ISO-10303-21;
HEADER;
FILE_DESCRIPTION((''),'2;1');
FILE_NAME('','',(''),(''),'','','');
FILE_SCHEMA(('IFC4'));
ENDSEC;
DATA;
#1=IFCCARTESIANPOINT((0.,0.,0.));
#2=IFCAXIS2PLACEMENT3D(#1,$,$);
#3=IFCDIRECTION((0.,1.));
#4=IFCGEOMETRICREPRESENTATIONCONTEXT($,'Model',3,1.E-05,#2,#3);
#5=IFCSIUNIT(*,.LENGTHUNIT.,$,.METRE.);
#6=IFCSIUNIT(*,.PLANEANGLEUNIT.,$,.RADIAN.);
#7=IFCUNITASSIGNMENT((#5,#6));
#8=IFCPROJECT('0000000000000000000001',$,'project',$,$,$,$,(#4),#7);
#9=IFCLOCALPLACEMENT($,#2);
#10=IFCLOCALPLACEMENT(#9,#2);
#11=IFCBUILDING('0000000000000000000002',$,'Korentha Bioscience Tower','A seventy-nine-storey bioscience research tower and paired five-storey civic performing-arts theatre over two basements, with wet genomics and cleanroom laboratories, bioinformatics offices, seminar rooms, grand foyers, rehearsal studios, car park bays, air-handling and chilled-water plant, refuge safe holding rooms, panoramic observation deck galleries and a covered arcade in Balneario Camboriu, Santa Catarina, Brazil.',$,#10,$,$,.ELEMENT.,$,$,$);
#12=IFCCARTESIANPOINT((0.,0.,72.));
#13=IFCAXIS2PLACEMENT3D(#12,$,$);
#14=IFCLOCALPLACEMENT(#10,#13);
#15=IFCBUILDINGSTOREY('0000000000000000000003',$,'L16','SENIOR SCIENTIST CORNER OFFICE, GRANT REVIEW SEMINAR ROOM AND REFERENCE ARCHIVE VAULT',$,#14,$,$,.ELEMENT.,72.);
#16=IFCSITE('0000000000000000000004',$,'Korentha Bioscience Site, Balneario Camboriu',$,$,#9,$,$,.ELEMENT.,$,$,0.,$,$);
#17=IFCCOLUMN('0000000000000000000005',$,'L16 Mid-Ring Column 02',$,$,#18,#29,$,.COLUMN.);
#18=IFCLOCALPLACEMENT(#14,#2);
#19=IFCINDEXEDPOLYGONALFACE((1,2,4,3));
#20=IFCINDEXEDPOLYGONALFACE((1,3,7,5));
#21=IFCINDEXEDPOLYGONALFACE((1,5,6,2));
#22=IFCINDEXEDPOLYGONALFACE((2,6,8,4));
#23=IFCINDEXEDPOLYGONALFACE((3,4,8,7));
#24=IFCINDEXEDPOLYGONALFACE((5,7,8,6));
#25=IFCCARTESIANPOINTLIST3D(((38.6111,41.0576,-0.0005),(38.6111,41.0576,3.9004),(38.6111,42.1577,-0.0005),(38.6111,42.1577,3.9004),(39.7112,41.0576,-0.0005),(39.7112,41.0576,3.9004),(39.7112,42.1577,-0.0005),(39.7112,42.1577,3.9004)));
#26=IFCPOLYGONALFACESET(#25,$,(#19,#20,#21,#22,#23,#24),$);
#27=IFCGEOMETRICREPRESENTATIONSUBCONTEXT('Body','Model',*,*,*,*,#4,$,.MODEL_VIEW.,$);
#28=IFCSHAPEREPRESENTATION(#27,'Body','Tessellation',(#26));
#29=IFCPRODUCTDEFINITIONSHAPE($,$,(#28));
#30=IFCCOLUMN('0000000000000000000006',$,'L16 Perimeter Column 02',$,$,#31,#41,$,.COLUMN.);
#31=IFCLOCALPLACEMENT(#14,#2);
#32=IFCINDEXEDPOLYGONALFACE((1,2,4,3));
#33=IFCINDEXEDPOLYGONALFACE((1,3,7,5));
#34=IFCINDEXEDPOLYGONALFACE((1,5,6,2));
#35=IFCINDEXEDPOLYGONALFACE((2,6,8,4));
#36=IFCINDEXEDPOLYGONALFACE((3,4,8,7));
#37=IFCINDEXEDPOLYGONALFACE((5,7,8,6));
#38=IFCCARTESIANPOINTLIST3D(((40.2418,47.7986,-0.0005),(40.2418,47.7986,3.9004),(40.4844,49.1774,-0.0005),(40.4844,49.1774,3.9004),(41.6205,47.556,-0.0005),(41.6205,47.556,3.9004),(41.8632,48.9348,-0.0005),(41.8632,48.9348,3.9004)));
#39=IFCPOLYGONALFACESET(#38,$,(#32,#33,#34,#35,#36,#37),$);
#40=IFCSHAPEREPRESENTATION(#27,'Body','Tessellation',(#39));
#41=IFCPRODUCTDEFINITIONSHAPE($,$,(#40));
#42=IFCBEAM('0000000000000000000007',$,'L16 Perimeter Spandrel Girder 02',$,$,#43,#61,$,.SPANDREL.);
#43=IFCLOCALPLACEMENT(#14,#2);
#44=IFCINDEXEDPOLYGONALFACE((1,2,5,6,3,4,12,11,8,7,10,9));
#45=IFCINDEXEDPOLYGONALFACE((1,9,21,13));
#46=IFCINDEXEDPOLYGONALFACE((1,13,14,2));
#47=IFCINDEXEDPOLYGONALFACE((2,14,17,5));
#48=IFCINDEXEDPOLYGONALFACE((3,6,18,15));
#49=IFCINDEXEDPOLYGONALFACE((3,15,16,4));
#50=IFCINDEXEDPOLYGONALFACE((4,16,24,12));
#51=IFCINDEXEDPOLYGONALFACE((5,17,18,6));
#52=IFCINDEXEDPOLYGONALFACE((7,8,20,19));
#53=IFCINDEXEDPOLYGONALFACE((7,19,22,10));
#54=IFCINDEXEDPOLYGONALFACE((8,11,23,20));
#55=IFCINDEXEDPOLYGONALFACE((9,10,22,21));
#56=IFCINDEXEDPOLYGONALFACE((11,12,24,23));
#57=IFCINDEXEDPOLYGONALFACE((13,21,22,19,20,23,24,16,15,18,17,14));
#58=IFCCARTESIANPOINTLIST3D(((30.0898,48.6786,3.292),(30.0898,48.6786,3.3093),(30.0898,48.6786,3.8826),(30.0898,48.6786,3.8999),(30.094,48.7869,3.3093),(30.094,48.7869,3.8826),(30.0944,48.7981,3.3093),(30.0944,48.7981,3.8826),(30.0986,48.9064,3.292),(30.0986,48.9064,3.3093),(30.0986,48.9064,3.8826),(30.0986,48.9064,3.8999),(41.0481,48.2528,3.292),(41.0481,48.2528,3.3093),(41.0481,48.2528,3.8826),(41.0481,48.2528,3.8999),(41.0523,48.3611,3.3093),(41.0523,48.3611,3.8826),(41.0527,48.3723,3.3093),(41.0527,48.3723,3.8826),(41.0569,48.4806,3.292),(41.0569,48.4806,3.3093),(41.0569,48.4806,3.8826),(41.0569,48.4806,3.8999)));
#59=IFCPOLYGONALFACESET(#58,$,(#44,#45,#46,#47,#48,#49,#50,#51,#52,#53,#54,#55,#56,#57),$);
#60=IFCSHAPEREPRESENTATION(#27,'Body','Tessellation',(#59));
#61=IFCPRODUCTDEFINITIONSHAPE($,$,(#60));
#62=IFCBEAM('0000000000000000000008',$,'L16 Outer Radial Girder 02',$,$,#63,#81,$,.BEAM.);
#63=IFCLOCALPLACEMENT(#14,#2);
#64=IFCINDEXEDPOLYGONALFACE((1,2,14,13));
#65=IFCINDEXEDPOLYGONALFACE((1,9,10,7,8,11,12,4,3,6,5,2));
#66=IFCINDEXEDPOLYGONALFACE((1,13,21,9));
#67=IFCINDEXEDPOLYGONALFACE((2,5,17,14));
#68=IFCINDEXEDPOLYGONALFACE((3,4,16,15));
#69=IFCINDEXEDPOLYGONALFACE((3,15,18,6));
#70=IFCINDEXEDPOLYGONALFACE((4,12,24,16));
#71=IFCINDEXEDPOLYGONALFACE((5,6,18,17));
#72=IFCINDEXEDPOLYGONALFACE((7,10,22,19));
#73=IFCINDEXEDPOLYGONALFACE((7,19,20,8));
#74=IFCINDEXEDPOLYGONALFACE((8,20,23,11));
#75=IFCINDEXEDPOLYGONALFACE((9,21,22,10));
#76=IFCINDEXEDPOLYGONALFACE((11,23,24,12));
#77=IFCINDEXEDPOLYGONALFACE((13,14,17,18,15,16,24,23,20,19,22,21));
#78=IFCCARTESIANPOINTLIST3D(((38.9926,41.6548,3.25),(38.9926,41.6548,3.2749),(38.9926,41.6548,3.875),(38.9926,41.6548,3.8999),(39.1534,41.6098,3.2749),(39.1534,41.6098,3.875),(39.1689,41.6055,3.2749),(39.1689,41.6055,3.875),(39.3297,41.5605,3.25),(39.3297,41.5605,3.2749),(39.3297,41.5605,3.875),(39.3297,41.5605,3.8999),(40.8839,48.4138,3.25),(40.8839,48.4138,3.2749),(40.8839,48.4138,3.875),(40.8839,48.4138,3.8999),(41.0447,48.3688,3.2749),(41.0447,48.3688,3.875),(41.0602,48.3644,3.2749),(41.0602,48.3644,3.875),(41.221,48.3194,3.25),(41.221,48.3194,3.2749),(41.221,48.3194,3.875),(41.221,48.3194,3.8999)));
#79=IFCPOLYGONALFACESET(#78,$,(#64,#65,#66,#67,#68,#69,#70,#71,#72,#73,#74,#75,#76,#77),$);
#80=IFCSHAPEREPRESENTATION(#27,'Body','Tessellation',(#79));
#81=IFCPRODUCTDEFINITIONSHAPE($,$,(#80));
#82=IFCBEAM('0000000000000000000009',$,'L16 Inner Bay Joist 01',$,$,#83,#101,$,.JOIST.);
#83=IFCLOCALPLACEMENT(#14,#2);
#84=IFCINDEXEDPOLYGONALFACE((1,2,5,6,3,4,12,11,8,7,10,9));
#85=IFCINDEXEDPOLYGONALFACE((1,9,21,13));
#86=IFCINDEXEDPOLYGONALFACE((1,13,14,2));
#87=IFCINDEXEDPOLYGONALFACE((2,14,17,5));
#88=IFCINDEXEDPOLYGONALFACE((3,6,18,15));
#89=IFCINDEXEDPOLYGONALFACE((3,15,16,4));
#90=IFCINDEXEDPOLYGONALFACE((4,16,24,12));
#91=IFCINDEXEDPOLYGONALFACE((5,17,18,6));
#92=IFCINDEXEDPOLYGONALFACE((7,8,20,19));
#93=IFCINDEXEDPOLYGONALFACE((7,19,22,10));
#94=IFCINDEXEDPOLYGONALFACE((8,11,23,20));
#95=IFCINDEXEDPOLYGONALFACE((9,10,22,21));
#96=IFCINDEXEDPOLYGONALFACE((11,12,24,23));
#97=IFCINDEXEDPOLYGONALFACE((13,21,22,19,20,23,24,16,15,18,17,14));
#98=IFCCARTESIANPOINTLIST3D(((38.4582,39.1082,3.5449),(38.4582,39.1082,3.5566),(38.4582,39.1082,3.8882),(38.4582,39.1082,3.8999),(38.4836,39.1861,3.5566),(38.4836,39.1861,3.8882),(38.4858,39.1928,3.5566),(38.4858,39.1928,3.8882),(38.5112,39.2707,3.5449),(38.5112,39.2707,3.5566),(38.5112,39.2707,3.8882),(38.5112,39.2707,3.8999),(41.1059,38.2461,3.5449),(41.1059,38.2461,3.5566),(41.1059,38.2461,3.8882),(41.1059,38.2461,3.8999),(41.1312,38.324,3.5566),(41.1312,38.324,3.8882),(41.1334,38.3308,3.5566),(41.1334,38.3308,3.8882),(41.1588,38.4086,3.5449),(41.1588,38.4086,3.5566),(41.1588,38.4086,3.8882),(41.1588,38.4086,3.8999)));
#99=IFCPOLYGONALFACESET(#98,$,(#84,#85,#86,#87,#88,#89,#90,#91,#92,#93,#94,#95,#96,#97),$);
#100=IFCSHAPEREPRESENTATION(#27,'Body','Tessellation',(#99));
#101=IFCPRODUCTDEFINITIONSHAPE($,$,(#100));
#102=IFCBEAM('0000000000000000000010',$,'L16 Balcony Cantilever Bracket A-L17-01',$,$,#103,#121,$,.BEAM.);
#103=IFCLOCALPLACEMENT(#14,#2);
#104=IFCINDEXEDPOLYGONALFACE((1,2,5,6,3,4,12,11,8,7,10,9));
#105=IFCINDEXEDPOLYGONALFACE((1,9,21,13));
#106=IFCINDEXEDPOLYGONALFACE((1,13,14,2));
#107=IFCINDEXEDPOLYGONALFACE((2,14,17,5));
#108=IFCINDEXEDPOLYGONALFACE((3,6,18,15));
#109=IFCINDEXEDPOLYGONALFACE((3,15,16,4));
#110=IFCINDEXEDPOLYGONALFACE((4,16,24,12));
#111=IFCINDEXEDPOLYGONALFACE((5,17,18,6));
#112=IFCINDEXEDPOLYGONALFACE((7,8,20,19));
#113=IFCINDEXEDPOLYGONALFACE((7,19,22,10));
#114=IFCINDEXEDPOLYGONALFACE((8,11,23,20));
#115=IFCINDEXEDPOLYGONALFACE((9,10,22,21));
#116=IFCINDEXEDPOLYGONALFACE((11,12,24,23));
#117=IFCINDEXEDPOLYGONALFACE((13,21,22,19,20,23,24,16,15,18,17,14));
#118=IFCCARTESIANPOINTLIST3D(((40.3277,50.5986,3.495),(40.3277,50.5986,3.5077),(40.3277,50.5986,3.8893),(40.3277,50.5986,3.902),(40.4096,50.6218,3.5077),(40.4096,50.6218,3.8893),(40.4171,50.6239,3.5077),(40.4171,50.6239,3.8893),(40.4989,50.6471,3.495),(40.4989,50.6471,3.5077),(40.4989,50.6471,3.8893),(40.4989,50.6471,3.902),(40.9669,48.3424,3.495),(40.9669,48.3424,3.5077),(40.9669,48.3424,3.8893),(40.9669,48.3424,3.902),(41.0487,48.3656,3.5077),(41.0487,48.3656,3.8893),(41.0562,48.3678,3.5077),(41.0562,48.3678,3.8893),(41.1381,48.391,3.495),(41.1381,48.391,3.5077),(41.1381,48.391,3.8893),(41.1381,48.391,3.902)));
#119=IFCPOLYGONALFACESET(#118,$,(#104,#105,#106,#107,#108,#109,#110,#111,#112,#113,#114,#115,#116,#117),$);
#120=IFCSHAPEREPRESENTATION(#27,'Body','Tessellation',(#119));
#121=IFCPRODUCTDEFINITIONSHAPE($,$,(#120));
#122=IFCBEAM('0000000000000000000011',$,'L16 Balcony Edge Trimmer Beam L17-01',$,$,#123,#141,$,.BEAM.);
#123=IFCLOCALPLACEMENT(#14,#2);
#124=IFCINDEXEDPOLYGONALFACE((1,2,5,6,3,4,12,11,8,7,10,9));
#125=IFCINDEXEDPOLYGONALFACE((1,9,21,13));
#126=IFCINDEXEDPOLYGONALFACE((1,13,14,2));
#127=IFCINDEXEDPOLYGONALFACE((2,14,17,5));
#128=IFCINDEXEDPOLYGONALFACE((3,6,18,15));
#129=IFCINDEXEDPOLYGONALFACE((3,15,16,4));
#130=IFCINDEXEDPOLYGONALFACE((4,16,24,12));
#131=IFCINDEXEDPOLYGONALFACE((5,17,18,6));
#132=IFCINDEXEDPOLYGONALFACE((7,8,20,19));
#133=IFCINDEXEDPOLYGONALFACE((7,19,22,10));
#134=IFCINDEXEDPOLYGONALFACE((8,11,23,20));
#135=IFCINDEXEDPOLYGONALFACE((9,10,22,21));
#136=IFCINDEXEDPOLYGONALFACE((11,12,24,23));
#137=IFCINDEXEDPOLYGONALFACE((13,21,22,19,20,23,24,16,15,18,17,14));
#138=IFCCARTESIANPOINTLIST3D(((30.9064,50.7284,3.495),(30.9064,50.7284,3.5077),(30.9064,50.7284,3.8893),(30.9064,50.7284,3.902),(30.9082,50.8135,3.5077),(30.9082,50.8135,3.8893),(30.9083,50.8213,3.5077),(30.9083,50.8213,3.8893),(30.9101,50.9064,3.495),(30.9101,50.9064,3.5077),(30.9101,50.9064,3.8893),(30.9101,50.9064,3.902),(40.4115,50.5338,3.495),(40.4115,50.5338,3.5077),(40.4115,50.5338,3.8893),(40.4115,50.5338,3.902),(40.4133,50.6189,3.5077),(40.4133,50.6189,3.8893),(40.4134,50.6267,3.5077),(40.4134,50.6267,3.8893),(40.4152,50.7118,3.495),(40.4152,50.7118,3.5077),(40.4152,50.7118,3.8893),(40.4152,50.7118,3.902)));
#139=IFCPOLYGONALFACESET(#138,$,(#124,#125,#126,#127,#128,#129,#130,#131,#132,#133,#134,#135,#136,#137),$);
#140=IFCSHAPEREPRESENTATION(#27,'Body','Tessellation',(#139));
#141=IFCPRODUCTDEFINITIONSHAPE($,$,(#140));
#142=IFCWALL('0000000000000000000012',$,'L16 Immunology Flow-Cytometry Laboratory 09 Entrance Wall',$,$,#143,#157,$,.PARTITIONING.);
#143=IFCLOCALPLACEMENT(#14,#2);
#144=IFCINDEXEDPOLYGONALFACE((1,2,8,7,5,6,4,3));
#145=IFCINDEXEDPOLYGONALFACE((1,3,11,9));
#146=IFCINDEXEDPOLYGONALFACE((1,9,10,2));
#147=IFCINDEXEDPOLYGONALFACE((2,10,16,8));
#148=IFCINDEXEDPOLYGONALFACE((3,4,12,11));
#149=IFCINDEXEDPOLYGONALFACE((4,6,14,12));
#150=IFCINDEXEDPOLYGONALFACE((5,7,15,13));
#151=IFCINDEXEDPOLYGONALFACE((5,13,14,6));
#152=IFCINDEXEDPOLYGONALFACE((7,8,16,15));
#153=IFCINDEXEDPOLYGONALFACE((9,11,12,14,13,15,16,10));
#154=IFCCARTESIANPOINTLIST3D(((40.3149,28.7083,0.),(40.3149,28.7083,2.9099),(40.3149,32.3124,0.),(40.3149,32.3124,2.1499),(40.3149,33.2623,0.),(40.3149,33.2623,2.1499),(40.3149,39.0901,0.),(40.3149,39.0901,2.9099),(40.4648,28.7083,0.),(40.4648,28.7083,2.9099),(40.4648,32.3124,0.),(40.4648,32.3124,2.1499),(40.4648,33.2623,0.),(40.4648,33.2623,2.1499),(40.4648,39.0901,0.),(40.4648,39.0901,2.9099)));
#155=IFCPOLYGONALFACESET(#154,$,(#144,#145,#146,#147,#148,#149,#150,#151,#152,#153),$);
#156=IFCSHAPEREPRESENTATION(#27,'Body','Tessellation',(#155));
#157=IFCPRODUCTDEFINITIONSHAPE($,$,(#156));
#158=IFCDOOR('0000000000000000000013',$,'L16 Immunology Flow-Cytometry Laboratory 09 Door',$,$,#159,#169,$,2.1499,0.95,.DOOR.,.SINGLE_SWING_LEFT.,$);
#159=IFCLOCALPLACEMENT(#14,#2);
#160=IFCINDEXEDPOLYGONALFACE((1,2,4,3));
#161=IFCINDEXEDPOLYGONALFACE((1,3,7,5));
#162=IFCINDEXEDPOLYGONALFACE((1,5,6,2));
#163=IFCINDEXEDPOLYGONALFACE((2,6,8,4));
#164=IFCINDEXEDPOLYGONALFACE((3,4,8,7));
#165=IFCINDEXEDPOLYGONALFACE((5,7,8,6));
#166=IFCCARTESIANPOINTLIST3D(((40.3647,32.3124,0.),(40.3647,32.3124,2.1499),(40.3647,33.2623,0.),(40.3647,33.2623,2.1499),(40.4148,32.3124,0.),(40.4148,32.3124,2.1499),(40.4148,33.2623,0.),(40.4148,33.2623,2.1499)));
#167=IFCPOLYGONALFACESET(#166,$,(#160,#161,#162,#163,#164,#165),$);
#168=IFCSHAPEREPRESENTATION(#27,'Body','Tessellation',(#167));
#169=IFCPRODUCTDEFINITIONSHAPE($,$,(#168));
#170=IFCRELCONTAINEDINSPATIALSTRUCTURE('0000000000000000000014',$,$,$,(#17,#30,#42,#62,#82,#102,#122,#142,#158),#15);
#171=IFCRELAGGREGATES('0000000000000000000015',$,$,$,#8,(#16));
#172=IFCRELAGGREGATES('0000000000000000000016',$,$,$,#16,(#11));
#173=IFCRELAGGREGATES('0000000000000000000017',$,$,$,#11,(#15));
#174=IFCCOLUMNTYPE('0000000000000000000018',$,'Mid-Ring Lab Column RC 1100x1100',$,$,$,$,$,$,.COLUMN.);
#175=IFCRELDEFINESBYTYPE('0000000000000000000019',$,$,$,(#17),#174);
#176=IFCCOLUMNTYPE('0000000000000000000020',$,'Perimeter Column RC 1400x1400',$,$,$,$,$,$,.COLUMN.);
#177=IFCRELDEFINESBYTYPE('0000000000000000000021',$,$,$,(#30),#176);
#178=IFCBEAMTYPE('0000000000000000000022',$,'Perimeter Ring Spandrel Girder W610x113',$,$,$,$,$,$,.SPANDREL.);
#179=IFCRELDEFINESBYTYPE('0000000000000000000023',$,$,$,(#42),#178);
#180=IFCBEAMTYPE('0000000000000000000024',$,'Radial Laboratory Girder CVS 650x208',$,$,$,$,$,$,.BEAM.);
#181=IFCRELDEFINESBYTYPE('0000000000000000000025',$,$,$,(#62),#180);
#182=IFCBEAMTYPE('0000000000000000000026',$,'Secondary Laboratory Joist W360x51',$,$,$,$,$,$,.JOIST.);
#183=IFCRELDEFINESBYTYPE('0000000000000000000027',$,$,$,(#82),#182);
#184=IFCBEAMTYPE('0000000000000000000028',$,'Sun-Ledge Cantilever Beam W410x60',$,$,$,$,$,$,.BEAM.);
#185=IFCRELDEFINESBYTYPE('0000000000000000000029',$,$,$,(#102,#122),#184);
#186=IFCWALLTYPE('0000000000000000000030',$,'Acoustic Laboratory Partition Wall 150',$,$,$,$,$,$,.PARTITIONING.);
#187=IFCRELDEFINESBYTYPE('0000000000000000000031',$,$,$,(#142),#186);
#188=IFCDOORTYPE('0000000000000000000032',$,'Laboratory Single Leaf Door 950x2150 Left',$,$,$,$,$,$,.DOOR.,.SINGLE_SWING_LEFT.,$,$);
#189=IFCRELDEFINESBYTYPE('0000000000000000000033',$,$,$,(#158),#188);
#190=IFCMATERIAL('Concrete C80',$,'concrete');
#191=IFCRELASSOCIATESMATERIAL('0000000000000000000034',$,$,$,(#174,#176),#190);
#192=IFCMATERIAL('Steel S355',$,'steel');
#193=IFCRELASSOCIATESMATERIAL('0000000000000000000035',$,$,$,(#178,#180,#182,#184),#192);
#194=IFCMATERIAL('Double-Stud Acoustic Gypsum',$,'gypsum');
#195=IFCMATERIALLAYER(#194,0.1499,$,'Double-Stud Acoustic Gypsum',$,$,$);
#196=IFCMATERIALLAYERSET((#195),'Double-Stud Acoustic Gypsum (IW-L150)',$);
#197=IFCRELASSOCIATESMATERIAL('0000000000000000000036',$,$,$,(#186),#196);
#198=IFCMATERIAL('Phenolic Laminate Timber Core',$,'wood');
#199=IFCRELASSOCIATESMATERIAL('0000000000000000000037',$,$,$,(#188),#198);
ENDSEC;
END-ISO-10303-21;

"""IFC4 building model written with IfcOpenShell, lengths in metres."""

from ifc_helpers import new_model, si_unit, direction, frame, frame_2d, origin, origin_2d, place, context, subcontext, project, spatial, rectangle, i_section, extrude, material, layer, layer_set, material_profile, profile_set, type_object, element, fill, save


model = new_model("IFC4")

# Units and contexts
model_context = context("Model", 3, precision=1e-05, world=origin(), true_north=direction((0.0, 1.0)))
body_context = subcontext(model_context, "Body", "Model", "MODEL_VIEW")
ifc_project = project(units=[si_unit("LENGTHUNIT", "METRE"), si_unit("PLANEANGLEUNIT", "RADIAN")], contexts=[model_context])

# Site, building, storey
site_placement = place(None, origin())
site = spatial("IfcSite", under=ifc_project, at=site_placement, Name="Korentha Bioscience Site, Balneario Camboriu", CompositionType="ELEMENT", RefElevation=0.0)
building_placement = place(site_placement, origin())
building = spatial("IfcBuilding", under=site, at=building_placement, Name="Korentha Bioscience Tower", Description="A seventy-nine-storey bioscience research tower and paired five-storey civic performing-arts theatre over two basements, with wet genomics and cleanroom laboratories, bioinformatics offices, seminar rooms, grand foyers, rehearsal studios, car park bays, air-handling and chilled-water plant, refuge safe holding rooms, panoramic observation deck galleries and a covered arcade in Balneario Camboriu, Santa Catarina, Brazil.", CompositionType="ELEMENT")
storey_placement = place(building_placement, frame((0.0, 0.0, 72.0)))
storey = spatial("IfcBuildingStorey", under=building, at=storey_placement, Name="L16", Description="SENIOR SCIENTIST CORNER OFFICE, GRANT REVIEW SEMINAR ROOM AND REFERENCE ARCHIVE VAULT", CompositionType="ELEMENT", Elevation=72.0)

# Columns
ifc_material_1 = material(Name="Concrete C80", Category="concrete")
ifc_material_profile_1 = material_profile(ifc_material_1, rectangle(XDim=1.1001, YDim=1.1001, at=origin_2d()), Name="Concrete C80")
ifc_profile_set_1 = profile_set([ifc_material_profile_1], Name="Concrete C80 (COL-MR11)")
column_type_1 = type_object("IfcColumnType", Name="Mid-Ring Lab Column RC 1100x1100", PredefinedType="COLUMN", material=ifc_profile_set_1)
column_1_placement = place(storey_placement, frame((39.1611, 41.6077, -0.0005), z_axis=(0.0, 0.0, 1.0), x_axis=(1.0, 0.0, 0.0)))
element("IfcColumn", 1, at=column_1_placement, inside=storey, type_object=column_type_1, Name="L16 Mid-Ring Column 02", PredefinedType="COLUMN", context=body_context, shape_type="SweptSolid", body=[
    extrude(rectangle(XDim=1.1001, YDim=1.1001, at=origin_2d()), origin(), (0.0, 0.0, 1.0), 3.9009),
])
ifc_material_profile_2 = material_profile(ifc_material_1, rectangle(XDim=1.3999, YDim=1.3999, at=origin_2d()), Name="Concrete C80")
ifc_profile_set_2 = profile_set([ifc_material_profile_2], Name="Concrete C80 (COL-P14)")
column_type_2 = type_object("IfcColumnType", Name="Perimeter Column RC 1400x1400", PredefinedType="COLUMN", material=ifc_profile_set_2)
column_2_placement = place(storey_placement, frame((41.0525, 48.3667, -0.0005), z_axis=(0.0, 0.0, 1.0), x_axis=(-0.984868, 0.173304, 0.0)))
element("IfcColumn", 2, at=column_2_placement, inside=storey, type_object=column_type_2, Name="L16 Perimeter Column 02", PredefinedType="COLUMN", context=body_context, shape_type="SweptSolid", body=[
    extrude(rectangle(XDim=1.3999, YDim=1.3999, at=origin_2d()), origin(), (0.0, 0.0, 1.0), 3.9009),
])

# Beams
ifc_material_2 = material(Name="Steel S355", Category="steel")
ifc_material_profile_3 = material_profile(ifc_material_2, i_section(OverallWidth=0.228, OverallDepth=0.6079, WebThickness=0.0112, FlangeThickness=0.0173, at=origin_2d()), Name="Steel S355")
ifc_profile_set_3 = profile_set([ifc_material_profile_3], Name="Steel S355 (SB-610)")
beam_type_1 = type_object("IfcBeamType", Name="Perimeter Ring Spandrel Girder W610x113", PredefinedType="SPANDREL", material=ifc_profile_set_3)
beam_1_placement = place(storey_placement, frame((41.0525, 48.3667, 3.5959), z_axis=(-0.999246, 0.038826, 0.0), x_axis=(-0.038826, -0.999246, 0.0)))
element("IfcBeam", 3, at=beam_1_placement, inside=storey, type_object=beam_type_1, Name="L16 Perimeter Spandrel Girder 02", PredefinedType="SPANDREL", context=body_context, shape_type="SweptSolid", body=[
    extrude(i_section(OverallWidth=0.228, OverallDepth=0.6079, WebThickness=0.0112, FlangeThickness=0.0173, at=origin_2d()), origin(), (0.0, 0.0, 1.0), 10.9666),
])
ifc_material_profile_4 = material_profile(ifc_material_2, i_section(OverallWidth=0.3501, OverallDepth=0.6499, WebThickness=0.0161, FlangeThickness=0.0249, at=origin_2d()), Name="Steel S355")
ifc_profile_set_4 = profile_set([ifc_material_profile_4], Name="Steel S355 (RB-650)")
beam_type_2 = type_object("IfcBeamType", Name="Radial Laboratory Girder CVS 650x208", PredefinedType="BEAM", material=ifc_profile_set_4)
beam_2_placement = place(storey_placement, frame((39.1611, 41.6077, 3.575), z_axis=(0.269475, 0.963007, 0.0), x_axis=(-0.963007, 0.269475, 0.0)))
element("IfcBeam", 4, at=beam_2_placement, inside=storey, type_object=beam_type_2, Name="L16 Outer Radial Girder 02", PredefinedType="BEAM", context=body_context, shape_type="SweptSolid", body=[
    extrude(i_section(OverallWidth=0.3501, OverallDepth=0.6499, WebThickness=0.0161, FlangeThickness=0.0249, at=origin_2d()), origin(), (0.0, 0.0, 1.0), 7.0186),
])
ifc_material_profile_5 = material_profile(ifc_material_2, i_section(OverallWidth=0.1709, OverallDepth=0.355, WebThickness=0.0071, FlangeThickness=0.0117, at=origin_2d()), Name="Steel S355")
ifc_profile_set_5 = profile_set([ifc_material_profile_5], Name="Steel S355 (JB-360)")
beam_type_3 = type_object("IfcBeamType", Name="Secondary Laboratory Joist W360x51", PredefinedType="JOIST", material=ifc_profile_set_5)
beam_3_placement = place(storey_placement, frame((41.1323, 38.3274, 3.7224), z_axis=(-0.95087, 0.309592, 0.0), x_axis=(-0.309592, -0.95087, 0.0)))
element("IfcBeam", 5, at=beam_3_placement, inside=storey, type_object=beam_type_3, Name="L16 Inner Bay Joist 01", PredefinedType="JOIST", context=body_context, shape_type="SweptSolid", body=[
    extrude(i_section(OverallWidth=0.1709, OverallDepth=0.355, WebThickness=0.0071, FlangeThickness=0.0117, at=origin_2d()), origin(), (0.0, 0.0, 1.0), 2.7844),
])
ifc_material_profile_6 = material_profile(ifc_material_2, i_section(OverallWidth=0.178, OverallDepth=0.407, WebThickness=0.0078, FlangeThickness=0.0127, at=origin_2d()), Name="Steel S355")
ifc_profile_set_6 = profile_set([ifc_material_profile_6], Name="Steel S355 (CB-410)")
beam_type_4 = type_object("IfcBeamType", Name="Sun-Ledge Cantilever Beam W410x60", PredefinedType="BEAM", material=ifc_profile_set_6)
beam_4_placement = place(storey_placement, frame((41.0525, 48.3667, 3.6985), z_axis=(-0.272575, 0.962134, 0.0), x_axis=(-0.962134, -0.272575, 0.0)))
element("IfcBeam", 6, at=beam_4_placement, inside=storey, type_object=beam_type_4, Name="L16 Balcony Cantilever Bracket A-L17-01", PredefinedType="BEAM", context=body_context, shape_type="SweptSolid", body=[
    extrude(i_section(OverallWidth=0.178, OverallDepth=0.407, WebThickness=0.0078, FlangeThickness=0.0127, at=origin_2d()), origin(), (0.0, 0.0, 1.0), 2.345),
])
beam_5_placement = place(storey_placement, frame((40.4133, 50.6228, 3.6985), z_axis=(-0.999791, 0.020467, 0.0), x_axis=(-0.020467, -0.999791, 0.0)))
element("IfcBeam", 7, at=beam_5_placement, inside=storey, type_object=beam_type_4, Name="L16 Balcony Edge Trimmer Beam L17-01", PredefinedType="BEAM", context=body_context, shape_type="SweptSolid", body=[
    extrude(i_section(OverallWidth=0.178, OverallDepth=0.407, WebThickness=0.0078, FlangeThickness=0.0127, at=origin_2d()), origin(), (0.0, 0.0, 1.0), 9.5071),
])

# Wall, opening, door
ifc_material_3 = material(Name="Double-Stud Acoustic Gypsum", Category="gypsum")
ifc_layer_1 = layer(ifc_material_3, 0.1499, Name="Double-Stud Acoustic Gypsum")
ifc_layer_set_1 = layer_set([ifc_layer_1], Name="Double-Stud Acoustic Gypsum (IW-L150)")
wall_type_1 = type_object("IfcWallType", Name="Acoustic Laboratory Partition Wall 150", PredefinedType="PARTITIONING", material=ifc_layer_set_1)
wall_1_placement = place(storey_placement, frame((40.3899, 39.0901, 0.0), z_axis=(0.0, 0.0, 1.0), x_axis=(0.0, -1.0, 0.0)))
wall_1 = element("IfcWall", 8, at=wall_1_placement, inside=storey, type_object=wall_type_1, Name="L16 Immunology Flow-Cytometry Laboratory 09 Entrance Wall", PredefinedType="PARTITIONING", context=body_context, shape_type="SweptSolid", body=[
    extrude(rectangle(XDim=10.3818, YDim=0.1499, at=frame_2d((5.1909, 0.0))), origin(), (0.0, 0.0, 1.0), 2.9099),
])
opening_1_placement = place(wall_1_placement, frame((5.8276, 0.0, 0.0)))
opening_1 = element("IfcOpeningElement", 9, at=opening_1_placement, cuts=wall_1, PredefinedType="OPENING", context=body_context, shape_type="SweptSolid", body=[
    extrude(rectangle(XDim=0.95, YDim=2.1499, at=frame_2d((0.4751, 1.075))), frame((0.0, 0.0898, 0.0), z_axis=(0.0, -1.0, 0.0), x_axis=(1.0, 0.0, 0.0)), (0.0, 0.0, 1.0), 0.1797),
])
ifc_material_4 = material(Name="Phenolic Laminate Timber Core", Category="wood")
door_type_1 = type_object("IfcDoorType", Name="Laboratory Single Leaf Door 950x2150 Left", OperationType="SINGLE_SWING_LEFT", PredefinedType="DOOR", material=ifc_material_4)
door_1_placement = place(opening_1_placement, origin())
door_1 = element("IfcDoor", 10, at=door_1_placement, inside=storey, type_object=door_type_1, Name="L16 Immunology Flow-Cytometry Laboratory 09 Door", OperationType="SINGLE_SWING_LEFT", OverallHeight=2.1499, OverallWidth=0.95, PredefinedType="DOOR", context=body_context, shape_type="SweptSolid", body=[
    extrude(rectangle(XDim=0.95, YDim=2.1499, at=frame_2d((0.4751, 1.075))), frame((0.0, 0.0249, 0.0), z_axis=(0.0, -1.0, 0.0), x_axis=(1.0, 0.0, 0.0)), (0.0, 0.0, 1.0), 0.05),
])
fill(opening_1, door_1)

save(model, "model.ifc")
